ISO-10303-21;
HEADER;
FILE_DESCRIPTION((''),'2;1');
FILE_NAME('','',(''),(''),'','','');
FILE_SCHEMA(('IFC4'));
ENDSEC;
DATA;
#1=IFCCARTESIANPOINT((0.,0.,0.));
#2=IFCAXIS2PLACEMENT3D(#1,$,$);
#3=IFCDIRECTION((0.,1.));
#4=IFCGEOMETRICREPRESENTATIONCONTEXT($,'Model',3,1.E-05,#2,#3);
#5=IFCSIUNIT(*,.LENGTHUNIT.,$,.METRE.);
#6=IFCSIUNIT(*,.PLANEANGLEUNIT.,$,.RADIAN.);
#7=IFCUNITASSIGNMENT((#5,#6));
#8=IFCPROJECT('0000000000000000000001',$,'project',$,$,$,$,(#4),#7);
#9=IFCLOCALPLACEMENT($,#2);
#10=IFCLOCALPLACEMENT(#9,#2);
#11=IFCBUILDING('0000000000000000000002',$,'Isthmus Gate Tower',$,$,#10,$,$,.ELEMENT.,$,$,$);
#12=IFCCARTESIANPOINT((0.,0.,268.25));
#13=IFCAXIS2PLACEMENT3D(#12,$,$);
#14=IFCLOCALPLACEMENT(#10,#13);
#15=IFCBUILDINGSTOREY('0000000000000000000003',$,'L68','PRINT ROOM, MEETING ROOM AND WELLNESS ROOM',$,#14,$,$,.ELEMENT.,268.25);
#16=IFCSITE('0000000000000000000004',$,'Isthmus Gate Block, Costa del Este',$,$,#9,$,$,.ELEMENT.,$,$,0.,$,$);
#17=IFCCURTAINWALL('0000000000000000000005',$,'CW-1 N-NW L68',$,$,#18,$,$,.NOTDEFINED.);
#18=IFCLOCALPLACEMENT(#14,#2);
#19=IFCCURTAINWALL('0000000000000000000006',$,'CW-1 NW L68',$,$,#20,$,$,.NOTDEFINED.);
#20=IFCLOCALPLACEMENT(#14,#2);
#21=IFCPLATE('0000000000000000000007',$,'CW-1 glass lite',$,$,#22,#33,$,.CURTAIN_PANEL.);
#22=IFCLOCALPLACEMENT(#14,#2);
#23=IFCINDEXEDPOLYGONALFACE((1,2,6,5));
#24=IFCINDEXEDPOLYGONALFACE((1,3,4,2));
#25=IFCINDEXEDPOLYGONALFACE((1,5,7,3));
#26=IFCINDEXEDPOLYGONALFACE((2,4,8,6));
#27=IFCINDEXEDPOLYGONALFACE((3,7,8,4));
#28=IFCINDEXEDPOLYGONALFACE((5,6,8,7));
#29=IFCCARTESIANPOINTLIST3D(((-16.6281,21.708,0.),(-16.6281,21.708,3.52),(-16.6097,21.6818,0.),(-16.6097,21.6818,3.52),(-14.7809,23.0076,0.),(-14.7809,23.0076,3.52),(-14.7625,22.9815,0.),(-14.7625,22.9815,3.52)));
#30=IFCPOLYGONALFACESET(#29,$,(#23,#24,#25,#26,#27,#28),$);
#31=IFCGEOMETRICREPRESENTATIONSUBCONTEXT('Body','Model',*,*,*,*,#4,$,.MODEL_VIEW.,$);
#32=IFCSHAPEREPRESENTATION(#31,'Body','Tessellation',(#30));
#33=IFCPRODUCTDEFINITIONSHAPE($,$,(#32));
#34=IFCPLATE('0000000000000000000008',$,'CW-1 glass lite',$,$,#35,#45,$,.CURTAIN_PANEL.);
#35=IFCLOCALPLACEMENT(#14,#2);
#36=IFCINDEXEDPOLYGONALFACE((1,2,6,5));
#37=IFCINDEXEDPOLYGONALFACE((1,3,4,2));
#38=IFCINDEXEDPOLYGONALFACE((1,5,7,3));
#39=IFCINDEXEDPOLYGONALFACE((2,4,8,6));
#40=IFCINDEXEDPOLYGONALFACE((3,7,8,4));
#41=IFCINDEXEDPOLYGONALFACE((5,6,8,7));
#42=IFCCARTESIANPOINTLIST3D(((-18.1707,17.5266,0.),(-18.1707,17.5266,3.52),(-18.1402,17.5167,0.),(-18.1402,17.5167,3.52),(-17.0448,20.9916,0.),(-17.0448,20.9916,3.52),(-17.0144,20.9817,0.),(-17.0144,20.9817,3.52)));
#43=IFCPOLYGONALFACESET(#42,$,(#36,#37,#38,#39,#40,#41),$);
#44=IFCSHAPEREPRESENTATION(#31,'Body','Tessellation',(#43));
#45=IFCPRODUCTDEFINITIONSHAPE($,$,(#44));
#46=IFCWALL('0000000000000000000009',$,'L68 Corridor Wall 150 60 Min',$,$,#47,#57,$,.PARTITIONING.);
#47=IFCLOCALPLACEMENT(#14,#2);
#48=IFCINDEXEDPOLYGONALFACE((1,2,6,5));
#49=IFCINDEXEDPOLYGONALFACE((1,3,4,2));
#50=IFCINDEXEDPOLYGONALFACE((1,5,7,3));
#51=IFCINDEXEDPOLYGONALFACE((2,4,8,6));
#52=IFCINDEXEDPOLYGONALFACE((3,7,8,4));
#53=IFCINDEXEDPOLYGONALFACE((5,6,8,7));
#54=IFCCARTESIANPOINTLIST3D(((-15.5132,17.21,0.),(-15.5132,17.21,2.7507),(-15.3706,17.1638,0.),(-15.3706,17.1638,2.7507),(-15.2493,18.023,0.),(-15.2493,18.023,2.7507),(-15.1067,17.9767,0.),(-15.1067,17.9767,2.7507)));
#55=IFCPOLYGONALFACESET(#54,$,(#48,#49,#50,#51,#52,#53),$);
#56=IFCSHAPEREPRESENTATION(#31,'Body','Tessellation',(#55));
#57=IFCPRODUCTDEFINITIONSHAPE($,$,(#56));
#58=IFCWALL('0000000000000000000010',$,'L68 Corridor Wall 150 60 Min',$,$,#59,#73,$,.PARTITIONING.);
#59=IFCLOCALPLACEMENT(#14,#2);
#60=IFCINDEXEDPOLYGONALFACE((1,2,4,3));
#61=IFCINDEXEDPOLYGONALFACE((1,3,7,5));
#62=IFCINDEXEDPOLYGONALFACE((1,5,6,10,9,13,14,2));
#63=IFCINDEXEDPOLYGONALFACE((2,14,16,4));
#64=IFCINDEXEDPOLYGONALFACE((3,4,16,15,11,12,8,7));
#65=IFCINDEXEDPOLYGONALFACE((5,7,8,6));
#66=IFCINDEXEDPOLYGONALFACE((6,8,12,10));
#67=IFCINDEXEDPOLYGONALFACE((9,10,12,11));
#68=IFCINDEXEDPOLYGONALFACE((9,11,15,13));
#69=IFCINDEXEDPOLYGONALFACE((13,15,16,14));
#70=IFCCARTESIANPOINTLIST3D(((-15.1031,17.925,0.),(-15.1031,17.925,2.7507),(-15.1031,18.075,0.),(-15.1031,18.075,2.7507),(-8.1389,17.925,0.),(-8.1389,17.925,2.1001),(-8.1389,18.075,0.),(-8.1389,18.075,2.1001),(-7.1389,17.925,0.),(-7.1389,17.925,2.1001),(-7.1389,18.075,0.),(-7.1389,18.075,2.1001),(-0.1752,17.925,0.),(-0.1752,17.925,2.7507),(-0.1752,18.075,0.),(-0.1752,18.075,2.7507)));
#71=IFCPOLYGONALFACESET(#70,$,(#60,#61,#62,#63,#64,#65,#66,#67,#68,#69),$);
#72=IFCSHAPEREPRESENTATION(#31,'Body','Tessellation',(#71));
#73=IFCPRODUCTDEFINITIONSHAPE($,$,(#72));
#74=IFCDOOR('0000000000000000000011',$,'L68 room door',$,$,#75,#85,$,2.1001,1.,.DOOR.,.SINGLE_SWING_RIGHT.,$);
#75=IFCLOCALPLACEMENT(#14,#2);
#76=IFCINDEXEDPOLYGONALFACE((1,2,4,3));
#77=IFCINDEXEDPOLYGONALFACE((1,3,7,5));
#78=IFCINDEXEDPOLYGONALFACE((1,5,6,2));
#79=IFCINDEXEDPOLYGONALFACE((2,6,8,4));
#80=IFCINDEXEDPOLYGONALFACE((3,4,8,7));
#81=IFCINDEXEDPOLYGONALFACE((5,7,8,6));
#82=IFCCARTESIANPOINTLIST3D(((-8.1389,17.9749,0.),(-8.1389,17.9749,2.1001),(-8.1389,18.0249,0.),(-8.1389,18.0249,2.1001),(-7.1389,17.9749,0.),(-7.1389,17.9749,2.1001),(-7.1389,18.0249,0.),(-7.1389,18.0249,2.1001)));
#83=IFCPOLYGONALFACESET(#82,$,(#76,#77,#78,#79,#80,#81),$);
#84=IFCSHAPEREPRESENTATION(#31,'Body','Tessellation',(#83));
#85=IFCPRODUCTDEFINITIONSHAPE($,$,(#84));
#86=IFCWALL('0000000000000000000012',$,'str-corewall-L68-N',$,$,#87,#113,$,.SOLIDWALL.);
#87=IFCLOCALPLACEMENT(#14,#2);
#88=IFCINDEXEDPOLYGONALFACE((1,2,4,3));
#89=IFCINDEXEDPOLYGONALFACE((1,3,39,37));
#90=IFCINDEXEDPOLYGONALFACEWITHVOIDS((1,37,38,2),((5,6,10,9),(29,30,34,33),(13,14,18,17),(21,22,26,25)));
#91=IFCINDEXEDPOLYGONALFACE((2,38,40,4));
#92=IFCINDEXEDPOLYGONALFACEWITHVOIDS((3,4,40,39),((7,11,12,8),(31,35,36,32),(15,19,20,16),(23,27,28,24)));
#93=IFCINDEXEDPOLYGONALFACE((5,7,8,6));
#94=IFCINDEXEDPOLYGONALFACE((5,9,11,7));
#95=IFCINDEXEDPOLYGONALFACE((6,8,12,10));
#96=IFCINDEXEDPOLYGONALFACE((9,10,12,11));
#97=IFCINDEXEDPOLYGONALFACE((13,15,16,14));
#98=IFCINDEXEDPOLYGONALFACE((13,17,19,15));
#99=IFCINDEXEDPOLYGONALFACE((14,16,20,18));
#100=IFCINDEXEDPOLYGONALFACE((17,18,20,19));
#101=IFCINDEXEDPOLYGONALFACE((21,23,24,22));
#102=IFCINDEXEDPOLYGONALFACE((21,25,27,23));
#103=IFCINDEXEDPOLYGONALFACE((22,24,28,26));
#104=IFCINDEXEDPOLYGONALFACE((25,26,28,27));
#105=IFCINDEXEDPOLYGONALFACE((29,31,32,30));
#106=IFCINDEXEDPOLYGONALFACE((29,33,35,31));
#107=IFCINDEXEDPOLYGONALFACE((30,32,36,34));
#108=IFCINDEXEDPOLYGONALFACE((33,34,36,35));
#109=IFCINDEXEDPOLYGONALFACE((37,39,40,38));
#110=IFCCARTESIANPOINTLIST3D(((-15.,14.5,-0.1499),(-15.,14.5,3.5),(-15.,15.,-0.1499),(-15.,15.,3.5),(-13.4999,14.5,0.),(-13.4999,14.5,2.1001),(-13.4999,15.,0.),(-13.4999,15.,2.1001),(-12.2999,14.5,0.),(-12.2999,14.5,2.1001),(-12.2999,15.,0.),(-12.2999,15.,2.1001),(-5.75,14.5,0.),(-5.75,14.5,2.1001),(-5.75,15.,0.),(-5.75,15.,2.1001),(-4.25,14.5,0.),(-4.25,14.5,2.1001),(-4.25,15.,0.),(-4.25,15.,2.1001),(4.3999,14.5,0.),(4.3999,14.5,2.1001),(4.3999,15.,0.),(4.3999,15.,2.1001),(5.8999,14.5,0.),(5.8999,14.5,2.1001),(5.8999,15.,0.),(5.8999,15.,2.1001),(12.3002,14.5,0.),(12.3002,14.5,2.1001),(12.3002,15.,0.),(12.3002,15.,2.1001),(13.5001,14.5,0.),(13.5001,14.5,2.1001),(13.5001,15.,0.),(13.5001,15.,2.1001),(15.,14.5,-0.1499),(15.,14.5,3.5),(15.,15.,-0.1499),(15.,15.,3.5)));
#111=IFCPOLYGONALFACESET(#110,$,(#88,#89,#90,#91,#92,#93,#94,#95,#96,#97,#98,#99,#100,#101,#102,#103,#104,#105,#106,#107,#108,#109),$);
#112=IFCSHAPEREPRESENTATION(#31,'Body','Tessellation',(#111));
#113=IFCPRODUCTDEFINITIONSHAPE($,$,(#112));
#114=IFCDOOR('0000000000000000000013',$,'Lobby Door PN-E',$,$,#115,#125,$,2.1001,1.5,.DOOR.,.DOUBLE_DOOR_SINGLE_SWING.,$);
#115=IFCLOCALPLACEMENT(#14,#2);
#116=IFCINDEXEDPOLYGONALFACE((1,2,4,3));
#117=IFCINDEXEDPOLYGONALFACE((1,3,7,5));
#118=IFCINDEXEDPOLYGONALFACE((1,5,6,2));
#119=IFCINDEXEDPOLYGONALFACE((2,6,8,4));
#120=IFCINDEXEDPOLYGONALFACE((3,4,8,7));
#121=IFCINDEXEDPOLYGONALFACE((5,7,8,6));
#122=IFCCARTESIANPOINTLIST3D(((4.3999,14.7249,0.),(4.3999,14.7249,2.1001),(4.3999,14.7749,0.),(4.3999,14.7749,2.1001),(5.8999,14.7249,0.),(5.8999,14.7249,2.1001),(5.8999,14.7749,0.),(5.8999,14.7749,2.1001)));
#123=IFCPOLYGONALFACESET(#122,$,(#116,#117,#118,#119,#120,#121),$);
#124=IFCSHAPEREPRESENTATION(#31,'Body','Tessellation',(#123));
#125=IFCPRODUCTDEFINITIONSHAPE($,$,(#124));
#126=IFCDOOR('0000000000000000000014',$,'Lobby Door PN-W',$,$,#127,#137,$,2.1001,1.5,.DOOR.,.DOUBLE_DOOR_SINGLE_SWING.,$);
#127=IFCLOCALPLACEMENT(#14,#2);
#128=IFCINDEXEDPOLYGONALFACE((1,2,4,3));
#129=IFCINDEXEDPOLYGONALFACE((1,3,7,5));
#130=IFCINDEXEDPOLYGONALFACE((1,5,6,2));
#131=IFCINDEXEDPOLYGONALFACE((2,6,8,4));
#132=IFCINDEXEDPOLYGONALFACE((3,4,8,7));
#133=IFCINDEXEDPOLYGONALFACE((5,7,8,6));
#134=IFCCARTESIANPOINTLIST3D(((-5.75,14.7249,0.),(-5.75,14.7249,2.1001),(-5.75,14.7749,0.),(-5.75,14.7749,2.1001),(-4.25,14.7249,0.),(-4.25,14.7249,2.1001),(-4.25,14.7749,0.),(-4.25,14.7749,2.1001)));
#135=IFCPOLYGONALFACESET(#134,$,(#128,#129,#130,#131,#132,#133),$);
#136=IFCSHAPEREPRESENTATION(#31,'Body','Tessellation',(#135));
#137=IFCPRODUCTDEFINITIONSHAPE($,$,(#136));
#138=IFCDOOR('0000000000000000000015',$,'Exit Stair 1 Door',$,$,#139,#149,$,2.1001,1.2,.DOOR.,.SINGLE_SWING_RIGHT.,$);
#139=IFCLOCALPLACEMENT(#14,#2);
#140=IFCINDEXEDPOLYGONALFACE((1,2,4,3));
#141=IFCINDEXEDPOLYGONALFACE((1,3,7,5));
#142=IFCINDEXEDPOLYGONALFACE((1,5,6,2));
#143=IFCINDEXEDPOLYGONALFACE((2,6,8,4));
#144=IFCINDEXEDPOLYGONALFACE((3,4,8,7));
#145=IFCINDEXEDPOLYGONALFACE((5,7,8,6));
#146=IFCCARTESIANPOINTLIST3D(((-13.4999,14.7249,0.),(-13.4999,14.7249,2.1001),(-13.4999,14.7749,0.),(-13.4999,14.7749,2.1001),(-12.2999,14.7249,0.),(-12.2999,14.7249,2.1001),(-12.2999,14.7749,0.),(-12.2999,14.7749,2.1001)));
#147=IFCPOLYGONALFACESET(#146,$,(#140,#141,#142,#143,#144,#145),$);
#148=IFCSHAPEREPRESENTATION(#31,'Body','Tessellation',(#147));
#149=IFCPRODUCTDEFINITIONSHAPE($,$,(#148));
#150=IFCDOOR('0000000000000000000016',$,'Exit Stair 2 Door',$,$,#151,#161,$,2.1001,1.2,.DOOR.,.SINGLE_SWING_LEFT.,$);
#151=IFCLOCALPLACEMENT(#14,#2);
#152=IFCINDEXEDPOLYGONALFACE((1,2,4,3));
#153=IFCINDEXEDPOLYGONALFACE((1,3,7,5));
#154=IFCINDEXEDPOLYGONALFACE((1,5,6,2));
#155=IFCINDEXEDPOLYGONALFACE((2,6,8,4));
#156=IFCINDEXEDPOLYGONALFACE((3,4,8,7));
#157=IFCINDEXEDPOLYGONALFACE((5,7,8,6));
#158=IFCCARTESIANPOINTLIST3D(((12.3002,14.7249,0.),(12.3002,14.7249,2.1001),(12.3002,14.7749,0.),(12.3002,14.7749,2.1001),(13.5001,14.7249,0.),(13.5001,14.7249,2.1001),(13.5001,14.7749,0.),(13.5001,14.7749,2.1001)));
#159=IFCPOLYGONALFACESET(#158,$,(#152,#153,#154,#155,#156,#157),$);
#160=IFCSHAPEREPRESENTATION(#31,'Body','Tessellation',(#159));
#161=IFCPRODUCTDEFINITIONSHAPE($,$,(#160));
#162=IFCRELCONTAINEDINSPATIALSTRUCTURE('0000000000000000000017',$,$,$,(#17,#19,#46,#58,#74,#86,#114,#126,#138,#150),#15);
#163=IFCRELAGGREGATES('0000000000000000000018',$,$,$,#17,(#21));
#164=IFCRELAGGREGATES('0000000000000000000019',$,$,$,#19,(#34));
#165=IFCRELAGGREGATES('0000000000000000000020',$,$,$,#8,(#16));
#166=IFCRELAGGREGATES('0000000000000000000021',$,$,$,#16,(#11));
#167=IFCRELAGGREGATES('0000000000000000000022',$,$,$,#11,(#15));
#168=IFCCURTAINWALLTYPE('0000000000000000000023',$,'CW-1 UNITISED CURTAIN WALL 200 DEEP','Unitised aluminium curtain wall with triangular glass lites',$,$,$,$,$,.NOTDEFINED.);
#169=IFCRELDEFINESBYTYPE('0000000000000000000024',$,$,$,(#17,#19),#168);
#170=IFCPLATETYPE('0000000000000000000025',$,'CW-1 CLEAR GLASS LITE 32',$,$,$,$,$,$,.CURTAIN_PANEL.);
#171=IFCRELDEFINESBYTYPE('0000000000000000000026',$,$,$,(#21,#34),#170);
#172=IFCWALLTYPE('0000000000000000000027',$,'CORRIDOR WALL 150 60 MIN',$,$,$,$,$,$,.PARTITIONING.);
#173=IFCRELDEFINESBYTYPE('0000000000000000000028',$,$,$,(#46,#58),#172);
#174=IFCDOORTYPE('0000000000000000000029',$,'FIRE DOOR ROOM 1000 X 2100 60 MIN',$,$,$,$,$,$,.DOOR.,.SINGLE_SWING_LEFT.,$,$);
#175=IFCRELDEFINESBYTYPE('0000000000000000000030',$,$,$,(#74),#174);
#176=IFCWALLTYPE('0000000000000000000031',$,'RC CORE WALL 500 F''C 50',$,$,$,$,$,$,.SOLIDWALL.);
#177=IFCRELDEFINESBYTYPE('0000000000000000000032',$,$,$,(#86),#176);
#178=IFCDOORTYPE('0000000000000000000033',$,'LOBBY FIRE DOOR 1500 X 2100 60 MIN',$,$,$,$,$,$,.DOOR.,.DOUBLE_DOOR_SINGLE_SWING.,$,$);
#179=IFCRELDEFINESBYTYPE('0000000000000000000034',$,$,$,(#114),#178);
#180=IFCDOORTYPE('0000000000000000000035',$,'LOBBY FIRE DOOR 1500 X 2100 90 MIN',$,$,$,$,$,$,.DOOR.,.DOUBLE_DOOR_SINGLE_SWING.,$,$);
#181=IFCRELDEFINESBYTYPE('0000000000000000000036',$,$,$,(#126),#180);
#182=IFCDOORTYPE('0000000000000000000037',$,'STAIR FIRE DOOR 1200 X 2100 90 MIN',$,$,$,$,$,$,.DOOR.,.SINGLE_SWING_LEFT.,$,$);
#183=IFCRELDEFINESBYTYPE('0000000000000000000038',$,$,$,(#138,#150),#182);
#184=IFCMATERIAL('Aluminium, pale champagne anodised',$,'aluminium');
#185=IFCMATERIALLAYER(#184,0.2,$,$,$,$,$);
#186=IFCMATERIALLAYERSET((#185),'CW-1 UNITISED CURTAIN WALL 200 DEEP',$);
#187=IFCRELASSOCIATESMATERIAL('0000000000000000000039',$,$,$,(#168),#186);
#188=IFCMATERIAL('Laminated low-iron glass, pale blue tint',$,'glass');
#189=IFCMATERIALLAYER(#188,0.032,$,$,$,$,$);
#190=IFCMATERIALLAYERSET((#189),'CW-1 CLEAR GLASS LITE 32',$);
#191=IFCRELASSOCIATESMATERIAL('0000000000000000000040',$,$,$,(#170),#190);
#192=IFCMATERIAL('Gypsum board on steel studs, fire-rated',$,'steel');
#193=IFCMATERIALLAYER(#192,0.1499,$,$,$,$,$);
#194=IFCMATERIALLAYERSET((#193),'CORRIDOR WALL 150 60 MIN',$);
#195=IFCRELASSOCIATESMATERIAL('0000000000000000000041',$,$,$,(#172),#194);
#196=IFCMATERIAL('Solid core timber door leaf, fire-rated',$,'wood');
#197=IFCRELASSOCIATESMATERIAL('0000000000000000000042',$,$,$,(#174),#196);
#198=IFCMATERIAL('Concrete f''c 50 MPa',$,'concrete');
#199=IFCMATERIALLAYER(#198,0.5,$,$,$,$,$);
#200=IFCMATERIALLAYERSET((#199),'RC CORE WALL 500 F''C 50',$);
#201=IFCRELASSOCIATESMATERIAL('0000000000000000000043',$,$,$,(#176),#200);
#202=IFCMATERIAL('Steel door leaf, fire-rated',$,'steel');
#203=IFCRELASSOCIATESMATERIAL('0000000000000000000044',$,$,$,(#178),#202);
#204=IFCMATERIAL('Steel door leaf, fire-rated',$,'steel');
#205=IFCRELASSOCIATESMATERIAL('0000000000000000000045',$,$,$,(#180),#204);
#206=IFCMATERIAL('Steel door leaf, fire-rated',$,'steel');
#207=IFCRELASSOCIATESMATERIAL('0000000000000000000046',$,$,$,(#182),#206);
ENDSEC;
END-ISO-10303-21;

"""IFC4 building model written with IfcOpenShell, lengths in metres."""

from ifc_helpers import new_model, si_unit, direction, frame, frame_2d, origin, origin_2d, place, context, subcontext, project, spatial, rectangle, extrude, material, layer, layer_set, type_object, element, fill, aggregate, save


model = new_model("IFC4")

# Units and contexts
model_context = context("Model", 3, precision=1e-05, world=origin(), true_north=direction((0.0, 1.0)))
body_context = subcontext(model_context, "Body", "Model", "MODEL_VIEW")
ifc_project = project(units=[si_unit("LENGTHUNIT", "METRE"), si_unit("PLANEANGLEUNIT", "RADIAN")], contexts=[model_context])

# Site, building, storey
site_placement = place(None, origin())
site = spatial("IfcSite", under=ifc_project, at=site_placement, Name="Isthmus Gate Block, Costa del Este", CompositionType="ELEMENT", RefElevation=0.0)
building_placement = place(site_placement, origin())
building = spatial("IfcBuilding", under=site, at=building_placement, Name="Isthmus Gate Tower", CompositionType="ELEMENT")
storey_placement = place(building_placement, frame((0.0, 0.0, 268.25)))
storey = spatial("IfcBuildingStorey", under=building, at=storey_placement, Name="L68", Description="PRINT ROOM, MEETING ROOM AND WELLNESS ROOM", CompositionType="ELEMENT", Elevation=268.25)

# Curtain wall
ifc_material_1 = material(Name="Aluminium, pale champagne anodised", Category="aluminium")
ifc_layer_1 = layer(ifc_material_1, 0.2)
ifc_layer_set_1 = layer_set([ifc_layer_1], Name="CW-1 UNITISED CURTAIN WALL 200 DEEP")
curtain_wall_type = type_object("IfcCurtainWallType", Name="CW-1 UNITISED CURTAIN WALL 200 DEEP", Description="Unitised aluminium curtain wall with triangular glass lites", PredefinedType="NOTDEFINED", material=ifc_layer_set_1)
curtain_wall_1_placement = place(storey_placement, origin())
curtain_wall_1 = element("IfcCurtainWall", 1, at=curtain_wall_1_placement, inside=storey, type_object=curtain_wall_type, Name="CW-1 N-NW L68", PredefinedType="NOTDEFINED")

# Curtain wall
curtain_wall_2_placement = place(storey_placement, origin())
curtain_wall_2 = element("IfcCurtainWall", 2, at=curtain_wall_2_placement, inside=storey, type_object=curtain_wall_type, Name="CW-1 NW L68", PredefinedType="NOTDEFINED")

# Plates
ifc_material_2 = material(Name="Laminated low-iron glass, pale blue tint", Category="glass")
ifc_layer_2 = layer(ifc_material_2, 0.032)
ifc_layer_set_2 = layer_set([ifc_layer_2], Name="CW-1 CLEAR GLASS LITE 32")
plate_type = type_object("IfcPlateType", Name="CW-1 CLEAR GLASS LITE 32", PredefinedType="CURTAIN_PANEL", material=ifc_layer_set_2)
plate_1_placement = place(storey_placement, frame((-15.6953, 22.3447, 0.0), z_axis=(0.0, 0.0, 1.0), x_axis=(-0.81786, -0.575418, 0.0)))
plate_1 = element("IfcPlate", 3, at=plate_1_placement, type_object=plate_type, Name="CW-1 glass lite", PredefinedType="CURTAIN_PANEL", context=body_context, shape_type="SweptSolid", body=[
    extrude(rectangle(XDim=2.2585, YDim=0.032, at=origin_2d()), origin(), (0.0, 0.0, 1.0), 3.52),
])
aggregate(curtain_wall_1, [plate_1])
plate_2_placement = place(storey_placement, frame((-17.5925, 19.2542, 0.0), z_axis=(0.0, 0.0, 1.0), x_axis=(-0.309017, -0.951057, 0.0)))
plate_2 = element("IfcPlate", 4, at=plate_2_placement, type_object=plate_type, Name="CW-1 glass lite", PredefinedType="CURTAIN_PANEL", context=body_context, shape_type="SweptSolid", body=[
    extrude(rectangle(XDim=3.6433, YDim=0.032, at=origin_2d()), origin(), (0.0, 0.0, 1.0), 3.52),
])

# Wall
ifc_material_3 = material(Name="Gypsum board on steel studs, fire-rated", Category="steel")
ifc_layer_3 = layer(ifc_material_3, 0.1499)
ifc_layer_set_3 = layer_set([ifc_layer_3], Name="CORRIDOR WALL 150 60 MIN")
wall_type_1 = type_object("IfcWallType", Name="CORRIDOR WALL 150 60 MIN", PredefinedType="PARTITIONING", material=ifc_layer_set_3)
wall_1_placement = place(storey_placement, frame((-15.4419, 17.187, 0.0), z_axis=(0.0, 0.0, 1.0), x_axis=(0.308763, 0.951139, 0.0)))
element("IfcWall", 5, at=wall_1_placement, inside=storey, type_object=wall_type_1, Name="L68 Corridor Wall 150 60 Min", PredefinedType="PARTITIONING", context=body_context, shape_type="SweptSolid", body=[
    extrude(rectangle(XDim=0.8547, YDim=0.1499, at=frame_2d((0.4272, 0.0))), origin(), (0.0, 0.0, 1.0), 2.7507),
])

# Wall, opening, door
wall_2_placement = place(storey_placement, frame((-15.103, 18.0, 0.0), z_axis=(0.0, 0.0, 1.0), x_axis=(1.0, 0.0, 0.0)))
wall_2 = element("IfcWall", 6, at=wall_2_placement, inside=storey, type_object=wall_type_1, Name="L68 Corridor Wall 150 60 Min", PredefinedType="PARTITIONING", context=body_context, shape_type="SweptSolid", body=[
    extrude(rectangle(XDim=14.928, YDim=0.1499, at=frame_2d((7.4639, 0.0))), origin(), (0.0, 0.0, 1.0), 2.7507),
])
opening_1_placement = place(wall_2_placement, frame((6.9641, 0.0, 0.0)))
opening_1 = element("IfcOpeningElement", 7, at=opening_1_placement, cuts=wall_2, PredefinedType="OPENING", context=body_context, shape_type="SweptSolid", body=[
    extrude(rectangle(XDim=1.0, YDim=2.1001, at=frame_2d((0.5, 1.05))), frame((0.0, 0.085, 0.0), z_axis=(0.0, -1.0, 0.0), x_axis=(1.0, 0.0, 0.0)), (0.0, 0.0, 1.0), 0.1699),
])
ifc_material_4 = material(Name="Solid core timber door leaf, fire-rated", Category="wood")
door_type_1 = type_object("IfcDoorType", Name="FIRE DOOR ROOM 1000 X 2100 60 MIN", OperationType="SINGLE_SWING_LEFT", PredefinedType="DOOR", material=ifc_material_4)
door_1_placement = place(opening_1_placement, origin())
door_1 = element("IfcDoor", 8, at=door_1_placement, inside=storey, type_object=door_type_1, Name="L68 room door", OperationType="SINGLE_SWING_RIGHT", OverallHeight=2.1001, OverallWidth=1.0, PredefinedType="DOOR", context=body_context, shape_type="SweptSolid", body=[
    extrude(rectangle(XDim=1.0, YDim=2.1001, at=frame_2d((0.5, 1.05))), frame((0.0, 0.0249, 0.0), z_axis=(0.0, -1.0, 0.0), x_axis=(1.0, 0.0, 0.0)), (0.0, 0.0, 1.0), 0.05),
])
fill(opening_1, door_1)

# Wall, openings, doors
ifc_material_5 = material(Name="Concrete f'c 50 MPa", Category="concrete")
ifc_layer_4 = layer(ifc_material_5, 0.5)
ifc_layer_set_4 = layer_set([ifc_layer_4], Name="RC CORE WALL 500 F'C 50")
wall_type_2 = type_object("IfcWallType", Name="RC CORE WALL 500 F'C 50", PredefinedType="SOLIDWALL", material=ifc_layer_set_4)
wall_3_placement = place(storey_placement, frame((-15.0, 14.75, -0.1499), z_axis=(0.0, 0.0, 1.0), x_axis=(1.0, 0.0, 0.0)))
wall_3 = element("IfcWall", 9, at=wall_3_placement, inside=storey, type_object=wall_type_2, Name="str-corewall-L68-N", PredefinedType="SOLIDWALL", context=body_context, shape_type="SweptSolid", body=[
    extrude(rectangle(XDim=30.0, YDim=0.5, at=frame_2d((15.0, 0.0))), origin(), (0.0, 0.0, 1.0), 3.6499),
])
opening_2_placement = place(wall_3_placement, frame((9.25, 0.0, 0.1499)))
opening_2 = element("IfcOpeningElement", 10, at=opening_2_placement, cuts=wall_3, PredefinedType="OPENING", context=body_context, shape_type="SweptSolid", body=[
    extrude(rectangle(XDim=1.5, YDim=2.1001, at=frame_2d((0.75, 1.05))), frame((0.0, 0.26, 0.0), z_axis=(0.0, -1.0, 0.0), x_axis=(1.0, 0.0, 0.0)), (0.0, 0.0, 1.0), 0.52),
])
opening_3_placement = place(wall_3_placement, frame((19.3999, 0.0, 0.1499)))
opening_3 = element("IfcOpeningElement", 11, at=opening_3_placement, cuts=wall_3, PredefinedType="OPENING", context=body_context, shape_type="SweptSolid", body=[
    extrude(rectangle(XDim=1.5, YDim=2.1001, at=frame_2d((0.75, 1.05))), frame((0.0, 0.26, 0.0), z_axis=(0.0, -1.0, 0.0), x_axis=(1.0, 0.0, 0.0)), (0.0, 0.0, 1.0), 0.52),
])
opening_4_placement = place(wall_3_placement, frame((1.5, 0.0, 0.1499)))
opening_4 = element("IfcOpeningElement", 12, at=opening_4_placement, cuts=wall_3, PredefinedType="OPENING", context=body_context, shape_type="SweptSolid", body=[
    extrude(rectangle(XDim=1.2, YDim=2.1001, at=frame_2d((0.6001, 1.05))), frame((0.0, 0.26, 0.0), z_axis=(0.0, -1.0, 0.0), x_axis=(1.0, 0.0, 0.0)), (0.0, 0.0, 1.0), 0.52),
])
opening_5_placement = place(wall_3_placement, frame((27.3, 0.0, 0.1499)))
opening_5 = element("IfcOpeningElement", 13, at=opening_5_placement, cuts=wall_3, PredefinedType="OPENING", context=body_context, shape_type="SweptSolid", body=[
    extrude(rectangle(XDim=1.2, YDim=2.1001, at=frame_2d((0.6001, 1.05))), frame((0.0, 0.26, 0.0), z_axis=(0.0, -1.0, 0.0), x_axis=(1.0, 0.0, 0.0)), (0.0, 0.0, 1.0), 0.52),
])
ifc_material_6 = material(Name="Steel door leaf, fire-rated", Category="steel")
door_type_2 = type_object("IfcDoorType", Name="LOBBY FIRE DOOR 1500 X 2100 60 MIN", OperationType="DOUBLE_DOOR_SINGLE_SWING", PredefinedType="DOOR", material=ifc_material_6)
door_2_placement = place(opening_3_placement, origin())
door_2 = element("IfcDoor", 14, at=door_2_placement, inside=storey, type_object=door_type_2, Name="Lobby Door PN-E", OperationType="DOUBLE_DOOR_SINGLE_SWING", OverallHeight=2.1001, OverallWidth=1.5, PredefinedType="DOOR", context=body_context, shape_type="SweptSolid", body=[
    extrude(rectangle(XDim=1.5, YDim=2.1001, at=frame_2d((0.75, 1.05))), frame((0.0, 0.0249, 0.0), z_axis=(0.0, -1.0, 0.0), x_axis=(1.0, 0.0, 0.0)), (0.0, 0.0, 1.0), 0.05),
])
fill(opening_3, door_2)
ifc_material_7 = material(Name="Steel door leaf, fire-rated", Category="steel")
door_type_3 = type_object("IfcDoorType", Name="LOBBY FIRE DOOR 1500 X 2100 90 MIN", OperationType="DOUBLE_DOOR_SINGLE_SWING", PredefinedType="DOOR", material=ifc_material_7)
door_3_placement = place(opening_2_placement, origin())
door_3 = element("IfcDoor", 15, at=door_3_placement, inside=storey, type_object=door_type_3, Name="Lobby Door PN-W", OperationType="DOUBLE_DOOR_SINGLE_SWING", OverallHeight=2.1001, OverallWidth=1.5, PredefinedType="DOOR", context=body_context, shape_type="SweptSolid", body=[
    extrude(rectangle(XDim=1.5, YDim=2.1001, at=frame_2d((0.75, 1.05))), frame((0.0, 0.0249, 0.0), z_axis=(0.0, -1.0, 0.0), x_axis=(1.0, 0.0, 0.0)), (0.0, 0.0, 1.0), 0.05),
])
fill(opening_2, door_3)
ifc_material_8 = material(Name="Steel door leaf, fire-rated", Category="steel")
door_type_4 = type_object("IfcDoorType", Name="STAIR FIRE DOOR 1200 X 2100 90 MIN", OperationType="SINGLE_SWING_LEFT", PredefinedType="DOOR", material=ifc_material_8)
door_4_placement = place(opening_4_placement, origin())
door_4 = element("IfcDoor", 16, at=door_4_placement, inside=storey, type_object=door_type_4, Name="Exit Stair 1 Door", OperationType="SINGLE_SWING_RIGHT", OverallHeight=2.1001, OverallWidth=1.2, PredefinedType="DOOR", context=body_context, shape_type="SweptSolid", body=[
    extrude(rectangle(XDim=1.2, YDim=2.1001, at=frame_2d((0.6001, 1.05))), frame((0.0, 0.0249, 0.0), z_axis=(0.0, -1.0, 0.0), x_axis=(1.0, 0.0, 0.0)), (0.0, 0.0, 1.0), 0.05),
])
fill(opening_4, door_4)
door_5_placement = place(opening_5_placement, origin())
door_5 = element("IfcDoor", 17, at=door_5_placement, inside=storey, type_object=door_type_4, Name="Exit Stair 2 Door", OperationType="SINGLE_SWING_LEFT", OverallHeight=2.1001, OverallWidth=1.2, PredefinedType="DOOR", context=body_context, shape_type="SweptSolid", body=[
    extrude(rectangle(XDim=1.2, YDim=2.1001, at=frame_2d((0.6001, 1.05))), frame((0.0, 0.0249, 0.0), z_axis=(0.0, -1.0, 0.0), x_axis=(1.0, 0.0, 0.0)), (0.0, 0.0, 1.0), 0.05),
])
fill(opening_5, door_5)

aggregate(curtain_wall_2, [plate_2])

save(model, "model.ifc")
